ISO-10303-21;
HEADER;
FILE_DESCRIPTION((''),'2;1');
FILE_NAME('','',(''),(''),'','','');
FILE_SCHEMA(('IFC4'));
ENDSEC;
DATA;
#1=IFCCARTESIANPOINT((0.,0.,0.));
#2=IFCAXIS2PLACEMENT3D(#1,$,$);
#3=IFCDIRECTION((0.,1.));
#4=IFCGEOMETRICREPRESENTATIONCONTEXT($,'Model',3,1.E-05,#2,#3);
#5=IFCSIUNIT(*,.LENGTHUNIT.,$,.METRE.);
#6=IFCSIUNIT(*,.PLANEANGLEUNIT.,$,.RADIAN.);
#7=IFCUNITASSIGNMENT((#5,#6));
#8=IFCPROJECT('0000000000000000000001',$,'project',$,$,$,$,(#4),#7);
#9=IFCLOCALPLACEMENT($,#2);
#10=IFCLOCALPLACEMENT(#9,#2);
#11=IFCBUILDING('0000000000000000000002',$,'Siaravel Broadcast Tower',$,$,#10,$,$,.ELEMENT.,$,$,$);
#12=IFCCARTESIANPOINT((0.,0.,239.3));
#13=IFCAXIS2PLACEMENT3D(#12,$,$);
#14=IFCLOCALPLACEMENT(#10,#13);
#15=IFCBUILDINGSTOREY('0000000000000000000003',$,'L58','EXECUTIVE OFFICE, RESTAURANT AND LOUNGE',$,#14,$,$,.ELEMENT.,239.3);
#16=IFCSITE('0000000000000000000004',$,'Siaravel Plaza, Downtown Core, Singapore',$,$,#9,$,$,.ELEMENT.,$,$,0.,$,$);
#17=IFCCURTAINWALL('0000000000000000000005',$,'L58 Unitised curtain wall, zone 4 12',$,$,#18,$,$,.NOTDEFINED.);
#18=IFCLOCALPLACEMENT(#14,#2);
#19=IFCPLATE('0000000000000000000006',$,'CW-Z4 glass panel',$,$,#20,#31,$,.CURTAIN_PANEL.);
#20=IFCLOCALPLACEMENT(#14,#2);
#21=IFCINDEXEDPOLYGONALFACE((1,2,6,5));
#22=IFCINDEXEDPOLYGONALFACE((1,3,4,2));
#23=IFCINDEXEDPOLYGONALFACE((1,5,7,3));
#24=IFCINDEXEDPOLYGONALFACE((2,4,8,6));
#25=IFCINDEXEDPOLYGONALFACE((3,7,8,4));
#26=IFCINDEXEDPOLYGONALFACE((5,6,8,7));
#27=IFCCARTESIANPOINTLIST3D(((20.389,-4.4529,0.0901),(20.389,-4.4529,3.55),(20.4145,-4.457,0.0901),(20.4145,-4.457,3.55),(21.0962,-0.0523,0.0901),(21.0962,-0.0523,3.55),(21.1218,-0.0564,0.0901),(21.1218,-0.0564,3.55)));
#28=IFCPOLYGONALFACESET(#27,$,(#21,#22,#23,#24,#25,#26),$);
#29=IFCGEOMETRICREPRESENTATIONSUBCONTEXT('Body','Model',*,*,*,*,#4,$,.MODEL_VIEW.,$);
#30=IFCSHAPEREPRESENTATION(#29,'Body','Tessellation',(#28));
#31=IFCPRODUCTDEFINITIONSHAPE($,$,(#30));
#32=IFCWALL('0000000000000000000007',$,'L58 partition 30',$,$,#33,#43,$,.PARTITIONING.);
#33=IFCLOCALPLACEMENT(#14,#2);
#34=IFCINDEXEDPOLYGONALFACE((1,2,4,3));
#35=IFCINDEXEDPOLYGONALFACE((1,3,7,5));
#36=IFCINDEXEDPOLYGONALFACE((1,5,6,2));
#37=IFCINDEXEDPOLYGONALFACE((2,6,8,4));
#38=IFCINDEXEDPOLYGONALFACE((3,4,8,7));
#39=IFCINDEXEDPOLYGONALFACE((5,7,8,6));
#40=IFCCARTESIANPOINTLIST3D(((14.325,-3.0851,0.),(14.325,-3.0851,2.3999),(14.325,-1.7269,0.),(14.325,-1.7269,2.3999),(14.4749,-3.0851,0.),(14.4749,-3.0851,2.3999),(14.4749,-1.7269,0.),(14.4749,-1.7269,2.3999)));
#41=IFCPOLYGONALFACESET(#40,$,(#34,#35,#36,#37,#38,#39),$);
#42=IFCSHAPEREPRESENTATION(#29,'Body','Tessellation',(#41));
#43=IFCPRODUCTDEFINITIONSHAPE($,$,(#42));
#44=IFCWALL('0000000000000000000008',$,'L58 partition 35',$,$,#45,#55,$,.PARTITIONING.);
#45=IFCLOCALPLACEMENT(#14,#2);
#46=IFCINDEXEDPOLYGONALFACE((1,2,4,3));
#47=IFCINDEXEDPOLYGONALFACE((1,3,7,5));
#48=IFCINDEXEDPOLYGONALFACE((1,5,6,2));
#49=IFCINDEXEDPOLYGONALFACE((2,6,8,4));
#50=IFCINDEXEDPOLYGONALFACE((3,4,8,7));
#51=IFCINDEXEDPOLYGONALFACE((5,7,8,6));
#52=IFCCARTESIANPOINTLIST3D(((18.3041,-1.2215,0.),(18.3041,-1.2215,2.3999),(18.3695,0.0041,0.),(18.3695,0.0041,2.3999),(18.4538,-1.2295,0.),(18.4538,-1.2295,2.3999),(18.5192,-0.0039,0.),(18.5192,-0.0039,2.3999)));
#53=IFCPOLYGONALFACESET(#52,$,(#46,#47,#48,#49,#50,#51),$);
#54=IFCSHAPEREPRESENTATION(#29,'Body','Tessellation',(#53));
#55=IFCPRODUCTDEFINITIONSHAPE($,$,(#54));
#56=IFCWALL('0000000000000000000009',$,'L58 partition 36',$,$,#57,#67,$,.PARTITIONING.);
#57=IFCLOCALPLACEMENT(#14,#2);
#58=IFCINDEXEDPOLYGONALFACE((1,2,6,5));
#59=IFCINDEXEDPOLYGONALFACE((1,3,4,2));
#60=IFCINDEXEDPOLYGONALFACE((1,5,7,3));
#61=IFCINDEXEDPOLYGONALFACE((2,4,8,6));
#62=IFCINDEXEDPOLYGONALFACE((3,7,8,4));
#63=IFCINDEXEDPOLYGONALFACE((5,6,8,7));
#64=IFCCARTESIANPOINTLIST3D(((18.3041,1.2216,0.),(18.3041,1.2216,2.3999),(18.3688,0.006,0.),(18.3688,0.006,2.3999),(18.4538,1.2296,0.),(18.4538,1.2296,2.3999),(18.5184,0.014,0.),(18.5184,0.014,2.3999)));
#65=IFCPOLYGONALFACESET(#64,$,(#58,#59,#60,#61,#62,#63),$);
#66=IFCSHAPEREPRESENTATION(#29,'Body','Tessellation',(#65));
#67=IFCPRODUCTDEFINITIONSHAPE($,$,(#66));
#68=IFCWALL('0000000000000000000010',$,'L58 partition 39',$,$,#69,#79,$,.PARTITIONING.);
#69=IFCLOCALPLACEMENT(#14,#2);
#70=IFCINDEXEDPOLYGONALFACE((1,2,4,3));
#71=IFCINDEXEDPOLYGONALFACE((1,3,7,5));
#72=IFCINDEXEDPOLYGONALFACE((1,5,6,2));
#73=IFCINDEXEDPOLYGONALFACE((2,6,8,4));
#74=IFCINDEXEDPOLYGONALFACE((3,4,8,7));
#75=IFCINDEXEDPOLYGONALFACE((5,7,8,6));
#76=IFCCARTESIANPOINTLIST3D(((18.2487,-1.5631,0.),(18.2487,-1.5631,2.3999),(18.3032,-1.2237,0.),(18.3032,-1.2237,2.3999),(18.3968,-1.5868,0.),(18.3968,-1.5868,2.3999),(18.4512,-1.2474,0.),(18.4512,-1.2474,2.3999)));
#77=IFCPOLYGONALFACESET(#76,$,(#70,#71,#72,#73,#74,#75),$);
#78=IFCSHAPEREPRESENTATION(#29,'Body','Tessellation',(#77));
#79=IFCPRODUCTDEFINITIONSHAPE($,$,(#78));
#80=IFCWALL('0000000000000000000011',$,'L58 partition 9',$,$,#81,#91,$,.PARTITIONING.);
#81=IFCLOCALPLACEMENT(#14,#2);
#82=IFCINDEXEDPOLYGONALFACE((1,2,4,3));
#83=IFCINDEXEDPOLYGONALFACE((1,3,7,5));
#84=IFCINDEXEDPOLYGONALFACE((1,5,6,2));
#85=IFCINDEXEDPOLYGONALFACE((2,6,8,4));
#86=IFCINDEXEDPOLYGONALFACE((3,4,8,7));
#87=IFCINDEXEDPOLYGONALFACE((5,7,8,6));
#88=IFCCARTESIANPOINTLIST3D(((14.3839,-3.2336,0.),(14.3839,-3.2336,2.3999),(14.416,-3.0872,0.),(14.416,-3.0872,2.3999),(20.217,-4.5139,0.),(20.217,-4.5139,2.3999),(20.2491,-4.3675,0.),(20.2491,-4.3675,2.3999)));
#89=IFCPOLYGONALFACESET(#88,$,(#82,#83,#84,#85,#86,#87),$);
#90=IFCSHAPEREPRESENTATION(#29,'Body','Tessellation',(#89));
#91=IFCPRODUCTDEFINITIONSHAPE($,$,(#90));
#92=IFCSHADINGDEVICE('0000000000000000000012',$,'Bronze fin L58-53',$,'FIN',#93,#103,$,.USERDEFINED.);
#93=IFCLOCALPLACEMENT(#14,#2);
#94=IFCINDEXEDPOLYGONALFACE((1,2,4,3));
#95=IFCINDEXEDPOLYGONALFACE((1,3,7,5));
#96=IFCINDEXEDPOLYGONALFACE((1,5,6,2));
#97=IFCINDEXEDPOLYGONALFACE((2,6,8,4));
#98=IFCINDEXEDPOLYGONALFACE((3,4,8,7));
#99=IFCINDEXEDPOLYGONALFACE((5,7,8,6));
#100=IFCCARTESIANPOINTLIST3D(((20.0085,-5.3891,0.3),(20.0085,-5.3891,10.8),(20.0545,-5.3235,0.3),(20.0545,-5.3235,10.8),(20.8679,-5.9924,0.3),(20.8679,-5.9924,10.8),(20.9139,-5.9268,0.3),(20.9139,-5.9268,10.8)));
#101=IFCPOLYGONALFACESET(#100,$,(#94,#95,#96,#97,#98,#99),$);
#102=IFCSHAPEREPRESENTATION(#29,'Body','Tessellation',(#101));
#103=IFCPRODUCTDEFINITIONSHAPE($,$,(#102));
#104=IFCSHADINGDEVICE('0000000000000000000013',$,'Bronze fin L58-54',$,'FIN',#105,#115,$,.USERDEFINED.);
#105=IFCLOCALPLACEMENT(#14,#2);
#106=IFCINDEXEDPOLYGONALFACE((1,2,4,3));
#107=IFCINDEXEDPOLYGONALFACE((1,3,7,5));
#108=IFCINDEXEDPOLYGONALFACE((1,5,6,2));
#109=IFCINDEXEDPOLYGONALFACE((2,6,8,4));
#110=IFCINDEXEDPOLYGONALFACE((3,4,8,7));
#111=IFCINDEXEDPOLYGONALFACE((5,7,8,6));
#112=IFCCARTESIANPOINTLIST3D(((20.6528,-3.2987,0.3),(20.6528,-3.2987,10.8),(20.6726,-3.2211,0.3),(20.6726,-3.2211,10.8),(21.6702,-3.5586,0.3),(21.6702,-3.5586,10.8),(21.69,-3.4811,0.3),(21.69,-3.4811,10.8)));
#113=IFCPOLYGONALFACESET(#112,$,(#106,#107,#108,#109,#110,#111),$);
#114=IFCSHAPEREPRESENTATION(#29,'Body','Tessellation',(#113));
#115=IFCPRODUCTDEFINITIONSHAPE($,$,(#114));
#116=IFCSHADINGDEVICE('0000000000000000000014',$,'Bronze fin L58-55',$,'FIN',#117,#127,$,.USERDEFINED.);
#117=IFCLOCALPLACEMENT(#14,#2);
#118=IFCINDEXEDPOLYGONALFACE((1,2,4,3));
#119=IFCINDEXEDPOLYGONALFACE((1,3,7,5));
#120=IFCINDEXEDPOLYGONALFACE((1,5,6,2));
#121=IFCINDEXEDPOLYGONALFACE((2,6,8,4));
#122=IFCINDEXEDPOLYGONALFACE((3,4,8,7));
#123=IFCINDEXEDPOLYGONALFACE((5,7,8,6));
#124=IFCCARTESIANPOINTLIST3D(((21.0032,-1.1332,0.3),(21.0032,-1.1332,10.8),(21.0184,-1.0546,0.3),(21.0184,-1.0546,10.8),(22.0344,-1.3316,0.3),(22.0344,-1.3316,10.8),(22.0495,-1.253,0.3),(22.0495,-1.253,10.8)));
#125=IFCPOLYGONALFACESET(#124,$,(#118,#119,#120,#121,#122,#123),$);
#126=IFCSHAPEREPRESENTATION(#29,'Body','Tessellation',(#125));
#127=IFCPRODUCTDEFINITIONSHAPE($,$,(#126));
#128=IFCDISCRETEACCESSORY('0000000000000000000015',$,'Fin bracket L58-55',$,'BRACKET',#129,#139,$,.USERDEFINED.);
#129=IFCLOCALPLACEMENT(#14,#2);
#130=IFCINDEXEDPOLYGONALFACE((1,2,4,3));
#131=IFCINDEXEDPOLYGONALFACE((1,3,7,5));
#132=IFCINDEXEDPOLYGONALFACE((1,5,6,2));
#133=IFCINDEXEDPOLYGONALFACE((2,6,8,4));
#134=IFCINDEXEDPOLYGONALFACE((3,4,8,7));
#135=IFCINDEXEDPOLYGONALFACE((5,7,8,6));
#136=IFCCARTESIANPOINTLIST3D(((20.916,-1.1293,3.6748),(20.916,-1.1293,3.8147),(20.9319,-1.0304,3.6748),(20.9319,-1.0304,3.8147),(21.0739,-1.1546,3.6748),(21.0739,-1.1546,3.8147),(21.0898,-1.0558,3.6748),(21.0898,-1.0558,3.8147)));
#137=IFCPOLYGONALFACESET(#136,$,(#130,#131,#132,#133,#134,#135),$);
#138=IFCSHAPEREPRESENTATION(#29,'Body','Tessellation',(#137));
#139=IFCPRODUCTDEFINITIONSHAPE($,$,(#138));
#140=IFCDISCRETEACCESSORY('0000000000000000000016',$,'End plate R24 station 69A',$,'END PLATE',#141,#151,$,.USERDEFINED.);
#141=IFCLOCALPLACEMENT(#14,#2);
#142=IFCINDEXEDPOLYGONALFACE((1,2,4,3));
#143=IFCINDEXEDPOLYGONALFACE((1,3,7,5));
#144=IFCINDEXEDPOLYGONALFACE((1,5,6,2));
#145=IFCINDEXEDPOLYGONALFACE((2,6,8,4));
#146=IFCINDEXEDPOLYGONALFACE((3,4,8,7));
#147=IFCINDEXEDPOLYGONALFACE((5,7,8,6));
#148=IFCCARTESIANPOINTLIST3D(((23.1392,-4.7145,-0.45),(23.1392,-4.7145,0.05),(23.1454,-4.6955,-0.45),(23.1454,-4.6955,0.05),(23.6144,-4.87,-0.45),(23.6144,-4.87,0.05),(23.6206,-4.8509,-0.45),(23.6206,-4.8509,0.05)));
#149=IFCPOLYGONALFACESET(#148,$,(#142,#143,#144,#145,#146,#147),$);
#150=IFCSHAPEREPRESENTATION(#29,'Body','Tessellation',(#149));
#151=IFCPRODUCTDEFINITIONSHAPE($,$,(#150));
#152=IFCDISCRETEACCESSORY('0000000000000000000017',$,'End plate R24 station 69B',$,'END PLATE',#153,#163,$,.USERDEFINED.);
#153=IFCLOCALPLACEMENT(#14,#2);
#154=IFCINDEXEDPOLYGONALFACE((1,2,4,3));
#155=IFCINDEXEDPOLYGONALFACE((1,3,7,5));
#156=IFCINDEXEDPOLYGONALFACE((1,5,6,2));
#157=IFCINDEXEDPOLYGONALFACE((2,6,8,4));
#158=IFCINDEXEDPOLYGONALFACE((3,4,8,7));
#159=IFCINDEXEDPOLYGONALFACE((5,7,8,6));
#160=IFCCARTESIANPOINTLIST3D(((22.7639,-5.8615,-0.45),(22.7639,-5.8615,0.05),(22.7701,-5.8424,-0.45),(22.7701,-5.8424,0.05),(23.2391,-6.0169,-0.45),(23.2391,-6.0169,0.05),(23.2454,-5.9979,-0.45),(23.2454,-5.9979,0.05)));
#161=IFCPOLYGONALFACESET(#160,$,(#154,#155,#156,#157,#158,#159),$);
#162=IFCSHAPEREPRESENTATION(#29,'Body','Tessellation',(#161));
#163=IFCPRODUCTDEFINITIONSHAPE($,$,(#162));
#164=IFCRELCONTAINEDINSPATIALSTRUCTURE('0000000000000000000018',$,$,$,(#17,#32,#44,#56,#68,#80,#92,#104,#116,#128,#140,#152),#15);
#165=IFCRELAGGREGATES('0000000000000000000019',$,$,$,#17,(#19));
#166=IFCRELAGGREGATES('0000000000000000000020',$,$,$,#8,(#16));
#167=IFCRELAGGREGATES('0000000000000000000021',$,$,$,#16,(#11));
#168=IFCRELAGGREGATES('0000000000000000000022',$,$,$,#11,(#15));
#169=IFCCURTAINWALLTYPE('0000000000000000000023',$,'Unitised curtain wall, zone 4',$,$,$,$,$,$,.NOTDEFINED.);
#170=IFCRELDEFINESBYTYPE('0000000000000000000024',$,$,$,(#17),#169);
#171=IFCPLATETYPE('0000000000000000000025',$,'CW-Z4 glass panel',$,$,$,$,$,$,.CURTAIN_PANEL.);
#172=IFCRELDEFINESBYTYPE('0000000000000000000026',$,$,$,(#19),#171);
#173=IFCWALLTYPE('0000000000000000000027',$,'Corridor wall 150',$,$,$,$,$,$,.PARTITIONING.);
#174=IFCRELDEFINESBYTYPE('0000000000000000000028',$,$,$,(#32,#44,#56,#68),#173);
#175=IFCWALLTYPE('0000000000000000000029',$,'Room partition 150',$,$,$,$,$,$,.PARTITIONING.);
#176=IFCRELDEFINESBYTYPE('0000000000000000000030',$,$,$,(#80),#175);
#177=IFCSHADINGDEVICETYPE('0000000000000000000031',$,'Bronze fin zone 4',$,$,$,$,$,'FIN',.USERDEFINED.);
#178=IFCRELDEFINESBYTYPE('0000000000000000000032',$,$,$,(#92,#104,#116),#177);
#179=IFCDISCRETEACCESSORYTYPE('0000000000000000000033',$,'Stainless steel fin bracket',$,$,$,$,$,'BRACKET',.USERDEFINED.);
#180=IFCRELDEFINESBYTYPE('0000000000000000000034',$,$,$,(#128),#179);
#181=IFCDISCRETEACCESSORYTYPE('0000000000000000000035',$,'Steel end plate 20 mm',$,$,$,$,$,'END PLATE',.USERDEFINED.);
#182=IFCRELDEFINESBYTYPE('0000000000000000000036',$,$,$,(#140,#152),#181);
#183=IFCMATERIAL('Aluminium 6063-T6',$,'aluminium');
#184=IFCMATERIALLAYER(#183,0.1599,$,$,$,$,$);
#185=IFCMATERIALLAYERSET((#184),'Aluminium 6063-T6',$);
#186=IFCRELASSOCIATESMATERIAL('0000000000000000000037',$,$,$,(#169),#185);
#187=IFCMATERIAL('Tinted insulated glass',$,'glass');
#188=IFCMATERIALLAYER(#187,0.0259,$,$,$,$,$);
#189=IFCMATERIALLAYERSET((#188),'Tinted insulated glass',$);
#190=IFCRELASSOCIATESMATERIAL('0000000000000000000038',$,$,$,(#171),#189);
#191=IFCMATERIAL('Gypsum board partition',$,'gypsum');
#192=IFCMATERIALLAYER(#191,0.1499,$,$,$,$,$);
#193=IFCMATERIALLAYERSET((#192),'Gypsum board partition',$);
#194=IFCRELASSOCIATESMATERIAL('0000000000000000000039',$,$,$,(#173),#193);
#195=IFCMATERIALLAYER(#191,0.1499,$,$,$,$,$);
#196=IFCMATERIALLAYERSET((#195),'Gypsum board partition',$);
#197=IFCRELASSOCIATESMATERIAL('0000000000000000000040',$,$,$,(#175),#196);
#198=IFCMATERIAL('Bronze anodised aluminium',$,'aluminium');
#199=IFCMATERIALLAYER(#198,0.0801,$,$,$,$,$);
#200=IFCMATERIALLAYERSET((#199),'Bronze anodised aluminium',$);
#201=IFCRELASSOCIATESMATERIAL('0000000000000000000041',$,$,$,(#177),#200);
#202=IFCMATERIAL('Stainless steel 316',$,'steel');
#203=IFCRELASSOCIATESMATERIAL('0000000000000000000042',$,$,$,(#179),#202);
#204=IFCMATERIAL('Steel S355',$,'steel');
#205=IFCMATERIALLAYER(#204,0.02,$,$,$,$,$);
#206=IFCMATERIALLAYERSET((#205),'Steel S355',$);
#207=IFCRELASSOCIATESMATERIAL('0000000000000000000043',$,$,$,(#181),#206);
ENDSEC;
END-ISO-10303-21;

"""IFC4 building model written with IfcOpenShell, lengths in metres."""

from ifc_helpers import new_model, si_unit, direction, frame, frame_2d, origin, origin_2d, place, context, subcontext, project, spatial, rectangle, extrude, material, layer, layer_set, type_object, element, aggregate, save


model = new_model("IFC4")

# Units and contexts
model_context = context("Model", 3, precision=1e-05, world=origin(), true_north=direction((0.0, 1.0)))
body_context = subcontext(model_context, "Body", "Model", "MODEL_VIEW")
ifc_project = project(units=[si_unit("LENGTHUNIT", "METRE"), si_unit("PLANEANGLEUNIT", "RADIAN")], contexts=[model_context])

# Site, building, storey
site_placement = place(None, origin())
site = spatial("IfcSite", under=ifc_project, at=site_placement, Name="Siaravel Plaza, Downtown Core, Singapore", CompositionType="ELEMENT", RefElevation=0.0)
building_placement = place(site_placement, origin())
building = spatial("IfcBuilding", under=site, at=building_placement, Name="Siaravel Broadcast Tower", CompositionType="ELEMENT")
storey_placement = place(building_placement, frame((0.0, 0.0, 239.3)))
storey = spatial("IfcBuildingStorey", under=building, at=storey_placement, Name="L58", Description="EXECUTIVE OFFICE, RESTAURANT AND LOUNGE", CompositionType="ELEMENT", Elevation=239.3)

# Shared definitions
ifc_material_1 = material(Name="Steel S355", Category="steel")

# Curtain wall
ifc_material_2 = material(Name="Aluminium 6063-T6", Category="aluminium")
ifc_layer_1 = layer(ifc_material_2, 0.1599)
ifc_layer_set_1 = layer_set([ifc_layer_1], Name="Aluminium 6063-T6")
curtain_wall_type = type_object("IfcCurtainWallType", Name="Unitised curtain wall, zone 4", PredefinedType="NOTDEFINED", material=ifc_layer_set_1)
curtain_wall_placement = place(storey_placement, origin())
curtain_wall = element("IfcCurtainWall", 1, at=curtain_wall_placement, inside=storey, type_object=curtain_wall_type, Name="L58 Unitised curtain wall, zone 4 12", PredefinedType="NOTDEFINED")

# Plate
ifc_material_3 = material(Name="Tinted insulated glass", Category="glass")
ifc_layer_2 = layer(ifc_material_3, 0.0259)
ifc_layer_set_2 = layer_set([ifc_layer_2], Name="Tinted insulated glass")
plate_type = type_object("IfcPlateType", Name="CW-Z4 glass panel", PredefinedType="CURTAIN_PANEL", material=ifc_layer_set_2)
plate_placement = place(storey_placement, frame((20.7554, -2.2546, 0.0901), z_axis=(0.0, 0.0, 1.0), x_axis=(0.158685, 0.987329, 0.0)))
plate = element("IfcPlate", 2, at=plate_placement, type_object=plate_type, Name="CW-Z4 glass panel", PredefinedType="CURTAIN_PANEL", context=body_context, shape_type="SweptSolid", body=[
    extrude(rectangle(XDim=4.457, YDim=0.0259, at=origin_2d()), origin(), (0.0, 0.0, 1.0), 3.46),
])
aggregate(curtain_wall, [plate])

# Shared definitions
ifc_material_4 = material(Name="Gypsum board partition", Category="gypsum")
ifc_layer_3 = layer(ifc_material_4, 0.1499)
ifc_layer_set_3 = layer_set([ifc_layer_3], Name="Gypsum board partition")
wall_type_1 = type_object("IfcWallType", Name="Corridor wall 150", PredefinedType="PARTITIONING", material=ifc_layer_set_3)

# Walls
wall_1_placement = place(storey_placement, frame((14.3999, -3.0852, 0.0), z_axis=(0.0, 0.0, 1.0), x_axis=(0.0, 1.0, 0.0)))
element("IfcWall", 3, at=wall_1_placement, inside=storey, type_object=wall_type_1, Name="L58 partition 30", PredefinedType="PARTITIONING", context=body_context, shape_type="SweptSolid", body=[
    extrude(rectangle(XDim=1.3582, YDim=0.1499, at=frame_2d((0.6792, 0.0))), origin(), (0.0, 0.0, 1.0), 2.3999),
])
wall_2_placement = place(storey_placement, frame((18.3789, -1.2256, 0.0), z_axis=(0.0, 0.0, 1.0), x_axis=(0.053311, 0.998578, 0.0)))
element("IfcWall", 4, at=wall_2_placement, inside=storey, type_object=wall_type_1, Name="L58 partition 35", PredefinedType="PARTITIONING", context=body_context, shape_type="SweptSolid", body=[
    extrude(rectangle(XDim=1.2273, YDim=0.1499, at=frame_2d((0.6138, 0.0))), origin(), (0.0, 0.0, 1.0), 2.3999),
])
wall_3_placement = place(storey_placement, frame((18.4436, 0.01, 0.0), z_axis=(0.0, 0.0, 1.0), x_axis=(-0.053148, 0.998587, 0.0)))
element("IfcWall", 5, at=wall_3_placement, inside=storey, type_object=wall_type_1, Name="L58 partition 36", PredefinedType="PARTITIONING", context=body_context, shape_type="SweptSolid", body=[
    extrude(rectangle(XDim=1.2173, YDim=0.1499, at=frame_2d((0.6086, 0.0))), origin(), (0.0, 0.0, 1.0), 2.3999),
])
wall_4_placement = place(storey_placement, frame((18.3228, -1.575, 0.0), z_axis=(0.0, 0.0, 1.0), x_axis=(0.158406, 0.987374, 0.0)))
element("IfcWall", 6, at=wall_4_placement, inside=storey, type_object=wall_type_1, Name="L58 partition 39", PredefinedType="PARTITIONING", context=body_context, shape_type="SweptSolid", body=[
    extrude(rectangle(XDim=0.3438, YDim=0.1499, at=frame_2d((0.1719, 0.0))), origin(), (0.0, 0.0, 1.0), 2.3999),
])
ifc_layer_4 = layer(ifc_material_4, 0.1499)
ifc_layer_set_4 = layer_set([ifc_layer_4], Name="Gypsum board partition")
wall_type_2 = type_object("IfcWallType", Name="Room partition 150", PredefinedType="PARTITIONING", material=ifc_layer_set_4)
wall_5_placement = place(storey_placement, frame((20.2329, -4.4407, 0.0), z_axis=(0.0, 0.0, 1.0), x_axis=(-0.976749, 0.214384, 0.0)))
element("IfcWall", 7, at=wall_5_placement, inside=storey, type_object=wall_type_2, Name="L58 partition 9", PredefinedType="PARTITIONING", context=body_context, shape_type="SweptSolid", body=[
    extrude(rectangle(XDim=5.9719, YDim=0.1499, at=frame_2d((2.9858, 0.0))), origin(), (0.0, 0.0, 1.0), 2.3999),
])

# Shading devices
ifc_material_5 = material(Name="Bronze anodised aluminium", Category="aluminium")
ifc_layer_5 = layer(ifc_material_5, 0.0801)
ifc_layer_set_5 = layer_set([ifc_layer_5], Name="Bronze anodised aluminium")
shading_device_type = type_object("IfcShadingDeviceType", Name="Bronze fin zone 4", ElementType="FIN", PredefinedType="USERDEFINED", material=ifc_layer_set_5)
for number, where, z_axis, x_axis, name in (
    (8, (20.4612, -5.658, 0.3), (0.0, 0.0, 1.0), (0.818485, -0.574528, 0.0), "Bronze fin L58-53"),
    (9, (21.1714, -3.3899, 0.3), (0.0, 0.0, 1.0), (0.968884, -0.247515, 0.0), "Bronze fin L58-54"),
    (10, (21.5264, -1.1931, 0.3), (0.0, 0.0, 1.0), (0.981987, -0.188946, 0.0), "Bronze fin L58-55"),
):
    element("IfcShadingDevice", number, at=place(storey_placement, frame(where, z_axis=z_axis, x_axis=x_axis)), inside=storey, type_object=shading_device_type, Name=name, ObjectType="FIN", PredefinedType="USERDEFINED", context=body_context, shape_type="SweptSolid", body=[
        extrude(rectangle(XDim=1.05, YDim=0.0801, at=origin_2d()), origin(), (0.0, 0.0, 1.0), 10.5),
    ])

# Discrete accessories
ifc_material_6 = material(Name="Stainless steel 316", Category="steel")
discrete_accessory_type_1 = type_object("IfcDiscreteAccessoryType", Name="Stainless steel fin bracket", ElementType="BRACKET", PredefinedType="USERDEFINED", material=ifc_material_6)
discrete_accessory_placement = place(storey_placement, frame((21.0029, -1.0925, 3.6748), z_axis=(0.0, 0.0, 1.0), x_axis=(0.987329, -0.158685, 0.0)))
element("IfcDiscreteAccessory", 11, at=discrete_accessory_placement, inside=storey, type_object=discrete_accessory_type_1, Name="Fin bracket L58-55", ObjectType="BRACKET", PredefinedType="USERDEFINED", context=body_context, shape_type="SweptSolid", body=[
    extrude(rectangle(XDim=0.1599, YDim=0.1001, at=origin_2d()), origin(), (0.0, 0.0, 1.0), 0.1399),
])
ifc_layer_6 = layer(ifc_material_1, 0.02)
ifc_layer_set_6 = layer_set([ifc_layer_6], Name="Steel S355")
discrete_accessory_type_2 = type_object("IfcDiscreteAccessoryType", Name="Steel end plate 20 mm", ElementType="END PLATE", PredefinedType="USERDEFINED", material=ifc_layer_set_6)
for number, where, z_axis, x_axis, name in (
    (12, (23.3799, -4.7827, -0.45), (0.0, 0.0, 1.0), (0.310909, 0.95044, 0.0), "End plate R24 station 69A"),
    (13, (23.0046, -5.9297, -0.45), (0.0, 0.0, 1.0), (0.310909, 0.95044, 0.0), "End plate R24 station 69B"),
):
    element("IfcDiscreteAccessory", number, at=place(storey_placement, frame(where, z_axis=z_axis, x_axis=x_axis)), inside=storey, type_object=discrete_accessory_type_2, Name=name, ObjectType="END PLATE", PredefinedType="USERDEFINED", context=body_context, shape_type="SweptSolid", body=[
        extrude(rectangle(XDim=0.02, YDim=0.5, at=origin_2d()), origin(), (0.0, 0.0, 1.0), 0.5),
    ])

save(model, "model.ifc")
